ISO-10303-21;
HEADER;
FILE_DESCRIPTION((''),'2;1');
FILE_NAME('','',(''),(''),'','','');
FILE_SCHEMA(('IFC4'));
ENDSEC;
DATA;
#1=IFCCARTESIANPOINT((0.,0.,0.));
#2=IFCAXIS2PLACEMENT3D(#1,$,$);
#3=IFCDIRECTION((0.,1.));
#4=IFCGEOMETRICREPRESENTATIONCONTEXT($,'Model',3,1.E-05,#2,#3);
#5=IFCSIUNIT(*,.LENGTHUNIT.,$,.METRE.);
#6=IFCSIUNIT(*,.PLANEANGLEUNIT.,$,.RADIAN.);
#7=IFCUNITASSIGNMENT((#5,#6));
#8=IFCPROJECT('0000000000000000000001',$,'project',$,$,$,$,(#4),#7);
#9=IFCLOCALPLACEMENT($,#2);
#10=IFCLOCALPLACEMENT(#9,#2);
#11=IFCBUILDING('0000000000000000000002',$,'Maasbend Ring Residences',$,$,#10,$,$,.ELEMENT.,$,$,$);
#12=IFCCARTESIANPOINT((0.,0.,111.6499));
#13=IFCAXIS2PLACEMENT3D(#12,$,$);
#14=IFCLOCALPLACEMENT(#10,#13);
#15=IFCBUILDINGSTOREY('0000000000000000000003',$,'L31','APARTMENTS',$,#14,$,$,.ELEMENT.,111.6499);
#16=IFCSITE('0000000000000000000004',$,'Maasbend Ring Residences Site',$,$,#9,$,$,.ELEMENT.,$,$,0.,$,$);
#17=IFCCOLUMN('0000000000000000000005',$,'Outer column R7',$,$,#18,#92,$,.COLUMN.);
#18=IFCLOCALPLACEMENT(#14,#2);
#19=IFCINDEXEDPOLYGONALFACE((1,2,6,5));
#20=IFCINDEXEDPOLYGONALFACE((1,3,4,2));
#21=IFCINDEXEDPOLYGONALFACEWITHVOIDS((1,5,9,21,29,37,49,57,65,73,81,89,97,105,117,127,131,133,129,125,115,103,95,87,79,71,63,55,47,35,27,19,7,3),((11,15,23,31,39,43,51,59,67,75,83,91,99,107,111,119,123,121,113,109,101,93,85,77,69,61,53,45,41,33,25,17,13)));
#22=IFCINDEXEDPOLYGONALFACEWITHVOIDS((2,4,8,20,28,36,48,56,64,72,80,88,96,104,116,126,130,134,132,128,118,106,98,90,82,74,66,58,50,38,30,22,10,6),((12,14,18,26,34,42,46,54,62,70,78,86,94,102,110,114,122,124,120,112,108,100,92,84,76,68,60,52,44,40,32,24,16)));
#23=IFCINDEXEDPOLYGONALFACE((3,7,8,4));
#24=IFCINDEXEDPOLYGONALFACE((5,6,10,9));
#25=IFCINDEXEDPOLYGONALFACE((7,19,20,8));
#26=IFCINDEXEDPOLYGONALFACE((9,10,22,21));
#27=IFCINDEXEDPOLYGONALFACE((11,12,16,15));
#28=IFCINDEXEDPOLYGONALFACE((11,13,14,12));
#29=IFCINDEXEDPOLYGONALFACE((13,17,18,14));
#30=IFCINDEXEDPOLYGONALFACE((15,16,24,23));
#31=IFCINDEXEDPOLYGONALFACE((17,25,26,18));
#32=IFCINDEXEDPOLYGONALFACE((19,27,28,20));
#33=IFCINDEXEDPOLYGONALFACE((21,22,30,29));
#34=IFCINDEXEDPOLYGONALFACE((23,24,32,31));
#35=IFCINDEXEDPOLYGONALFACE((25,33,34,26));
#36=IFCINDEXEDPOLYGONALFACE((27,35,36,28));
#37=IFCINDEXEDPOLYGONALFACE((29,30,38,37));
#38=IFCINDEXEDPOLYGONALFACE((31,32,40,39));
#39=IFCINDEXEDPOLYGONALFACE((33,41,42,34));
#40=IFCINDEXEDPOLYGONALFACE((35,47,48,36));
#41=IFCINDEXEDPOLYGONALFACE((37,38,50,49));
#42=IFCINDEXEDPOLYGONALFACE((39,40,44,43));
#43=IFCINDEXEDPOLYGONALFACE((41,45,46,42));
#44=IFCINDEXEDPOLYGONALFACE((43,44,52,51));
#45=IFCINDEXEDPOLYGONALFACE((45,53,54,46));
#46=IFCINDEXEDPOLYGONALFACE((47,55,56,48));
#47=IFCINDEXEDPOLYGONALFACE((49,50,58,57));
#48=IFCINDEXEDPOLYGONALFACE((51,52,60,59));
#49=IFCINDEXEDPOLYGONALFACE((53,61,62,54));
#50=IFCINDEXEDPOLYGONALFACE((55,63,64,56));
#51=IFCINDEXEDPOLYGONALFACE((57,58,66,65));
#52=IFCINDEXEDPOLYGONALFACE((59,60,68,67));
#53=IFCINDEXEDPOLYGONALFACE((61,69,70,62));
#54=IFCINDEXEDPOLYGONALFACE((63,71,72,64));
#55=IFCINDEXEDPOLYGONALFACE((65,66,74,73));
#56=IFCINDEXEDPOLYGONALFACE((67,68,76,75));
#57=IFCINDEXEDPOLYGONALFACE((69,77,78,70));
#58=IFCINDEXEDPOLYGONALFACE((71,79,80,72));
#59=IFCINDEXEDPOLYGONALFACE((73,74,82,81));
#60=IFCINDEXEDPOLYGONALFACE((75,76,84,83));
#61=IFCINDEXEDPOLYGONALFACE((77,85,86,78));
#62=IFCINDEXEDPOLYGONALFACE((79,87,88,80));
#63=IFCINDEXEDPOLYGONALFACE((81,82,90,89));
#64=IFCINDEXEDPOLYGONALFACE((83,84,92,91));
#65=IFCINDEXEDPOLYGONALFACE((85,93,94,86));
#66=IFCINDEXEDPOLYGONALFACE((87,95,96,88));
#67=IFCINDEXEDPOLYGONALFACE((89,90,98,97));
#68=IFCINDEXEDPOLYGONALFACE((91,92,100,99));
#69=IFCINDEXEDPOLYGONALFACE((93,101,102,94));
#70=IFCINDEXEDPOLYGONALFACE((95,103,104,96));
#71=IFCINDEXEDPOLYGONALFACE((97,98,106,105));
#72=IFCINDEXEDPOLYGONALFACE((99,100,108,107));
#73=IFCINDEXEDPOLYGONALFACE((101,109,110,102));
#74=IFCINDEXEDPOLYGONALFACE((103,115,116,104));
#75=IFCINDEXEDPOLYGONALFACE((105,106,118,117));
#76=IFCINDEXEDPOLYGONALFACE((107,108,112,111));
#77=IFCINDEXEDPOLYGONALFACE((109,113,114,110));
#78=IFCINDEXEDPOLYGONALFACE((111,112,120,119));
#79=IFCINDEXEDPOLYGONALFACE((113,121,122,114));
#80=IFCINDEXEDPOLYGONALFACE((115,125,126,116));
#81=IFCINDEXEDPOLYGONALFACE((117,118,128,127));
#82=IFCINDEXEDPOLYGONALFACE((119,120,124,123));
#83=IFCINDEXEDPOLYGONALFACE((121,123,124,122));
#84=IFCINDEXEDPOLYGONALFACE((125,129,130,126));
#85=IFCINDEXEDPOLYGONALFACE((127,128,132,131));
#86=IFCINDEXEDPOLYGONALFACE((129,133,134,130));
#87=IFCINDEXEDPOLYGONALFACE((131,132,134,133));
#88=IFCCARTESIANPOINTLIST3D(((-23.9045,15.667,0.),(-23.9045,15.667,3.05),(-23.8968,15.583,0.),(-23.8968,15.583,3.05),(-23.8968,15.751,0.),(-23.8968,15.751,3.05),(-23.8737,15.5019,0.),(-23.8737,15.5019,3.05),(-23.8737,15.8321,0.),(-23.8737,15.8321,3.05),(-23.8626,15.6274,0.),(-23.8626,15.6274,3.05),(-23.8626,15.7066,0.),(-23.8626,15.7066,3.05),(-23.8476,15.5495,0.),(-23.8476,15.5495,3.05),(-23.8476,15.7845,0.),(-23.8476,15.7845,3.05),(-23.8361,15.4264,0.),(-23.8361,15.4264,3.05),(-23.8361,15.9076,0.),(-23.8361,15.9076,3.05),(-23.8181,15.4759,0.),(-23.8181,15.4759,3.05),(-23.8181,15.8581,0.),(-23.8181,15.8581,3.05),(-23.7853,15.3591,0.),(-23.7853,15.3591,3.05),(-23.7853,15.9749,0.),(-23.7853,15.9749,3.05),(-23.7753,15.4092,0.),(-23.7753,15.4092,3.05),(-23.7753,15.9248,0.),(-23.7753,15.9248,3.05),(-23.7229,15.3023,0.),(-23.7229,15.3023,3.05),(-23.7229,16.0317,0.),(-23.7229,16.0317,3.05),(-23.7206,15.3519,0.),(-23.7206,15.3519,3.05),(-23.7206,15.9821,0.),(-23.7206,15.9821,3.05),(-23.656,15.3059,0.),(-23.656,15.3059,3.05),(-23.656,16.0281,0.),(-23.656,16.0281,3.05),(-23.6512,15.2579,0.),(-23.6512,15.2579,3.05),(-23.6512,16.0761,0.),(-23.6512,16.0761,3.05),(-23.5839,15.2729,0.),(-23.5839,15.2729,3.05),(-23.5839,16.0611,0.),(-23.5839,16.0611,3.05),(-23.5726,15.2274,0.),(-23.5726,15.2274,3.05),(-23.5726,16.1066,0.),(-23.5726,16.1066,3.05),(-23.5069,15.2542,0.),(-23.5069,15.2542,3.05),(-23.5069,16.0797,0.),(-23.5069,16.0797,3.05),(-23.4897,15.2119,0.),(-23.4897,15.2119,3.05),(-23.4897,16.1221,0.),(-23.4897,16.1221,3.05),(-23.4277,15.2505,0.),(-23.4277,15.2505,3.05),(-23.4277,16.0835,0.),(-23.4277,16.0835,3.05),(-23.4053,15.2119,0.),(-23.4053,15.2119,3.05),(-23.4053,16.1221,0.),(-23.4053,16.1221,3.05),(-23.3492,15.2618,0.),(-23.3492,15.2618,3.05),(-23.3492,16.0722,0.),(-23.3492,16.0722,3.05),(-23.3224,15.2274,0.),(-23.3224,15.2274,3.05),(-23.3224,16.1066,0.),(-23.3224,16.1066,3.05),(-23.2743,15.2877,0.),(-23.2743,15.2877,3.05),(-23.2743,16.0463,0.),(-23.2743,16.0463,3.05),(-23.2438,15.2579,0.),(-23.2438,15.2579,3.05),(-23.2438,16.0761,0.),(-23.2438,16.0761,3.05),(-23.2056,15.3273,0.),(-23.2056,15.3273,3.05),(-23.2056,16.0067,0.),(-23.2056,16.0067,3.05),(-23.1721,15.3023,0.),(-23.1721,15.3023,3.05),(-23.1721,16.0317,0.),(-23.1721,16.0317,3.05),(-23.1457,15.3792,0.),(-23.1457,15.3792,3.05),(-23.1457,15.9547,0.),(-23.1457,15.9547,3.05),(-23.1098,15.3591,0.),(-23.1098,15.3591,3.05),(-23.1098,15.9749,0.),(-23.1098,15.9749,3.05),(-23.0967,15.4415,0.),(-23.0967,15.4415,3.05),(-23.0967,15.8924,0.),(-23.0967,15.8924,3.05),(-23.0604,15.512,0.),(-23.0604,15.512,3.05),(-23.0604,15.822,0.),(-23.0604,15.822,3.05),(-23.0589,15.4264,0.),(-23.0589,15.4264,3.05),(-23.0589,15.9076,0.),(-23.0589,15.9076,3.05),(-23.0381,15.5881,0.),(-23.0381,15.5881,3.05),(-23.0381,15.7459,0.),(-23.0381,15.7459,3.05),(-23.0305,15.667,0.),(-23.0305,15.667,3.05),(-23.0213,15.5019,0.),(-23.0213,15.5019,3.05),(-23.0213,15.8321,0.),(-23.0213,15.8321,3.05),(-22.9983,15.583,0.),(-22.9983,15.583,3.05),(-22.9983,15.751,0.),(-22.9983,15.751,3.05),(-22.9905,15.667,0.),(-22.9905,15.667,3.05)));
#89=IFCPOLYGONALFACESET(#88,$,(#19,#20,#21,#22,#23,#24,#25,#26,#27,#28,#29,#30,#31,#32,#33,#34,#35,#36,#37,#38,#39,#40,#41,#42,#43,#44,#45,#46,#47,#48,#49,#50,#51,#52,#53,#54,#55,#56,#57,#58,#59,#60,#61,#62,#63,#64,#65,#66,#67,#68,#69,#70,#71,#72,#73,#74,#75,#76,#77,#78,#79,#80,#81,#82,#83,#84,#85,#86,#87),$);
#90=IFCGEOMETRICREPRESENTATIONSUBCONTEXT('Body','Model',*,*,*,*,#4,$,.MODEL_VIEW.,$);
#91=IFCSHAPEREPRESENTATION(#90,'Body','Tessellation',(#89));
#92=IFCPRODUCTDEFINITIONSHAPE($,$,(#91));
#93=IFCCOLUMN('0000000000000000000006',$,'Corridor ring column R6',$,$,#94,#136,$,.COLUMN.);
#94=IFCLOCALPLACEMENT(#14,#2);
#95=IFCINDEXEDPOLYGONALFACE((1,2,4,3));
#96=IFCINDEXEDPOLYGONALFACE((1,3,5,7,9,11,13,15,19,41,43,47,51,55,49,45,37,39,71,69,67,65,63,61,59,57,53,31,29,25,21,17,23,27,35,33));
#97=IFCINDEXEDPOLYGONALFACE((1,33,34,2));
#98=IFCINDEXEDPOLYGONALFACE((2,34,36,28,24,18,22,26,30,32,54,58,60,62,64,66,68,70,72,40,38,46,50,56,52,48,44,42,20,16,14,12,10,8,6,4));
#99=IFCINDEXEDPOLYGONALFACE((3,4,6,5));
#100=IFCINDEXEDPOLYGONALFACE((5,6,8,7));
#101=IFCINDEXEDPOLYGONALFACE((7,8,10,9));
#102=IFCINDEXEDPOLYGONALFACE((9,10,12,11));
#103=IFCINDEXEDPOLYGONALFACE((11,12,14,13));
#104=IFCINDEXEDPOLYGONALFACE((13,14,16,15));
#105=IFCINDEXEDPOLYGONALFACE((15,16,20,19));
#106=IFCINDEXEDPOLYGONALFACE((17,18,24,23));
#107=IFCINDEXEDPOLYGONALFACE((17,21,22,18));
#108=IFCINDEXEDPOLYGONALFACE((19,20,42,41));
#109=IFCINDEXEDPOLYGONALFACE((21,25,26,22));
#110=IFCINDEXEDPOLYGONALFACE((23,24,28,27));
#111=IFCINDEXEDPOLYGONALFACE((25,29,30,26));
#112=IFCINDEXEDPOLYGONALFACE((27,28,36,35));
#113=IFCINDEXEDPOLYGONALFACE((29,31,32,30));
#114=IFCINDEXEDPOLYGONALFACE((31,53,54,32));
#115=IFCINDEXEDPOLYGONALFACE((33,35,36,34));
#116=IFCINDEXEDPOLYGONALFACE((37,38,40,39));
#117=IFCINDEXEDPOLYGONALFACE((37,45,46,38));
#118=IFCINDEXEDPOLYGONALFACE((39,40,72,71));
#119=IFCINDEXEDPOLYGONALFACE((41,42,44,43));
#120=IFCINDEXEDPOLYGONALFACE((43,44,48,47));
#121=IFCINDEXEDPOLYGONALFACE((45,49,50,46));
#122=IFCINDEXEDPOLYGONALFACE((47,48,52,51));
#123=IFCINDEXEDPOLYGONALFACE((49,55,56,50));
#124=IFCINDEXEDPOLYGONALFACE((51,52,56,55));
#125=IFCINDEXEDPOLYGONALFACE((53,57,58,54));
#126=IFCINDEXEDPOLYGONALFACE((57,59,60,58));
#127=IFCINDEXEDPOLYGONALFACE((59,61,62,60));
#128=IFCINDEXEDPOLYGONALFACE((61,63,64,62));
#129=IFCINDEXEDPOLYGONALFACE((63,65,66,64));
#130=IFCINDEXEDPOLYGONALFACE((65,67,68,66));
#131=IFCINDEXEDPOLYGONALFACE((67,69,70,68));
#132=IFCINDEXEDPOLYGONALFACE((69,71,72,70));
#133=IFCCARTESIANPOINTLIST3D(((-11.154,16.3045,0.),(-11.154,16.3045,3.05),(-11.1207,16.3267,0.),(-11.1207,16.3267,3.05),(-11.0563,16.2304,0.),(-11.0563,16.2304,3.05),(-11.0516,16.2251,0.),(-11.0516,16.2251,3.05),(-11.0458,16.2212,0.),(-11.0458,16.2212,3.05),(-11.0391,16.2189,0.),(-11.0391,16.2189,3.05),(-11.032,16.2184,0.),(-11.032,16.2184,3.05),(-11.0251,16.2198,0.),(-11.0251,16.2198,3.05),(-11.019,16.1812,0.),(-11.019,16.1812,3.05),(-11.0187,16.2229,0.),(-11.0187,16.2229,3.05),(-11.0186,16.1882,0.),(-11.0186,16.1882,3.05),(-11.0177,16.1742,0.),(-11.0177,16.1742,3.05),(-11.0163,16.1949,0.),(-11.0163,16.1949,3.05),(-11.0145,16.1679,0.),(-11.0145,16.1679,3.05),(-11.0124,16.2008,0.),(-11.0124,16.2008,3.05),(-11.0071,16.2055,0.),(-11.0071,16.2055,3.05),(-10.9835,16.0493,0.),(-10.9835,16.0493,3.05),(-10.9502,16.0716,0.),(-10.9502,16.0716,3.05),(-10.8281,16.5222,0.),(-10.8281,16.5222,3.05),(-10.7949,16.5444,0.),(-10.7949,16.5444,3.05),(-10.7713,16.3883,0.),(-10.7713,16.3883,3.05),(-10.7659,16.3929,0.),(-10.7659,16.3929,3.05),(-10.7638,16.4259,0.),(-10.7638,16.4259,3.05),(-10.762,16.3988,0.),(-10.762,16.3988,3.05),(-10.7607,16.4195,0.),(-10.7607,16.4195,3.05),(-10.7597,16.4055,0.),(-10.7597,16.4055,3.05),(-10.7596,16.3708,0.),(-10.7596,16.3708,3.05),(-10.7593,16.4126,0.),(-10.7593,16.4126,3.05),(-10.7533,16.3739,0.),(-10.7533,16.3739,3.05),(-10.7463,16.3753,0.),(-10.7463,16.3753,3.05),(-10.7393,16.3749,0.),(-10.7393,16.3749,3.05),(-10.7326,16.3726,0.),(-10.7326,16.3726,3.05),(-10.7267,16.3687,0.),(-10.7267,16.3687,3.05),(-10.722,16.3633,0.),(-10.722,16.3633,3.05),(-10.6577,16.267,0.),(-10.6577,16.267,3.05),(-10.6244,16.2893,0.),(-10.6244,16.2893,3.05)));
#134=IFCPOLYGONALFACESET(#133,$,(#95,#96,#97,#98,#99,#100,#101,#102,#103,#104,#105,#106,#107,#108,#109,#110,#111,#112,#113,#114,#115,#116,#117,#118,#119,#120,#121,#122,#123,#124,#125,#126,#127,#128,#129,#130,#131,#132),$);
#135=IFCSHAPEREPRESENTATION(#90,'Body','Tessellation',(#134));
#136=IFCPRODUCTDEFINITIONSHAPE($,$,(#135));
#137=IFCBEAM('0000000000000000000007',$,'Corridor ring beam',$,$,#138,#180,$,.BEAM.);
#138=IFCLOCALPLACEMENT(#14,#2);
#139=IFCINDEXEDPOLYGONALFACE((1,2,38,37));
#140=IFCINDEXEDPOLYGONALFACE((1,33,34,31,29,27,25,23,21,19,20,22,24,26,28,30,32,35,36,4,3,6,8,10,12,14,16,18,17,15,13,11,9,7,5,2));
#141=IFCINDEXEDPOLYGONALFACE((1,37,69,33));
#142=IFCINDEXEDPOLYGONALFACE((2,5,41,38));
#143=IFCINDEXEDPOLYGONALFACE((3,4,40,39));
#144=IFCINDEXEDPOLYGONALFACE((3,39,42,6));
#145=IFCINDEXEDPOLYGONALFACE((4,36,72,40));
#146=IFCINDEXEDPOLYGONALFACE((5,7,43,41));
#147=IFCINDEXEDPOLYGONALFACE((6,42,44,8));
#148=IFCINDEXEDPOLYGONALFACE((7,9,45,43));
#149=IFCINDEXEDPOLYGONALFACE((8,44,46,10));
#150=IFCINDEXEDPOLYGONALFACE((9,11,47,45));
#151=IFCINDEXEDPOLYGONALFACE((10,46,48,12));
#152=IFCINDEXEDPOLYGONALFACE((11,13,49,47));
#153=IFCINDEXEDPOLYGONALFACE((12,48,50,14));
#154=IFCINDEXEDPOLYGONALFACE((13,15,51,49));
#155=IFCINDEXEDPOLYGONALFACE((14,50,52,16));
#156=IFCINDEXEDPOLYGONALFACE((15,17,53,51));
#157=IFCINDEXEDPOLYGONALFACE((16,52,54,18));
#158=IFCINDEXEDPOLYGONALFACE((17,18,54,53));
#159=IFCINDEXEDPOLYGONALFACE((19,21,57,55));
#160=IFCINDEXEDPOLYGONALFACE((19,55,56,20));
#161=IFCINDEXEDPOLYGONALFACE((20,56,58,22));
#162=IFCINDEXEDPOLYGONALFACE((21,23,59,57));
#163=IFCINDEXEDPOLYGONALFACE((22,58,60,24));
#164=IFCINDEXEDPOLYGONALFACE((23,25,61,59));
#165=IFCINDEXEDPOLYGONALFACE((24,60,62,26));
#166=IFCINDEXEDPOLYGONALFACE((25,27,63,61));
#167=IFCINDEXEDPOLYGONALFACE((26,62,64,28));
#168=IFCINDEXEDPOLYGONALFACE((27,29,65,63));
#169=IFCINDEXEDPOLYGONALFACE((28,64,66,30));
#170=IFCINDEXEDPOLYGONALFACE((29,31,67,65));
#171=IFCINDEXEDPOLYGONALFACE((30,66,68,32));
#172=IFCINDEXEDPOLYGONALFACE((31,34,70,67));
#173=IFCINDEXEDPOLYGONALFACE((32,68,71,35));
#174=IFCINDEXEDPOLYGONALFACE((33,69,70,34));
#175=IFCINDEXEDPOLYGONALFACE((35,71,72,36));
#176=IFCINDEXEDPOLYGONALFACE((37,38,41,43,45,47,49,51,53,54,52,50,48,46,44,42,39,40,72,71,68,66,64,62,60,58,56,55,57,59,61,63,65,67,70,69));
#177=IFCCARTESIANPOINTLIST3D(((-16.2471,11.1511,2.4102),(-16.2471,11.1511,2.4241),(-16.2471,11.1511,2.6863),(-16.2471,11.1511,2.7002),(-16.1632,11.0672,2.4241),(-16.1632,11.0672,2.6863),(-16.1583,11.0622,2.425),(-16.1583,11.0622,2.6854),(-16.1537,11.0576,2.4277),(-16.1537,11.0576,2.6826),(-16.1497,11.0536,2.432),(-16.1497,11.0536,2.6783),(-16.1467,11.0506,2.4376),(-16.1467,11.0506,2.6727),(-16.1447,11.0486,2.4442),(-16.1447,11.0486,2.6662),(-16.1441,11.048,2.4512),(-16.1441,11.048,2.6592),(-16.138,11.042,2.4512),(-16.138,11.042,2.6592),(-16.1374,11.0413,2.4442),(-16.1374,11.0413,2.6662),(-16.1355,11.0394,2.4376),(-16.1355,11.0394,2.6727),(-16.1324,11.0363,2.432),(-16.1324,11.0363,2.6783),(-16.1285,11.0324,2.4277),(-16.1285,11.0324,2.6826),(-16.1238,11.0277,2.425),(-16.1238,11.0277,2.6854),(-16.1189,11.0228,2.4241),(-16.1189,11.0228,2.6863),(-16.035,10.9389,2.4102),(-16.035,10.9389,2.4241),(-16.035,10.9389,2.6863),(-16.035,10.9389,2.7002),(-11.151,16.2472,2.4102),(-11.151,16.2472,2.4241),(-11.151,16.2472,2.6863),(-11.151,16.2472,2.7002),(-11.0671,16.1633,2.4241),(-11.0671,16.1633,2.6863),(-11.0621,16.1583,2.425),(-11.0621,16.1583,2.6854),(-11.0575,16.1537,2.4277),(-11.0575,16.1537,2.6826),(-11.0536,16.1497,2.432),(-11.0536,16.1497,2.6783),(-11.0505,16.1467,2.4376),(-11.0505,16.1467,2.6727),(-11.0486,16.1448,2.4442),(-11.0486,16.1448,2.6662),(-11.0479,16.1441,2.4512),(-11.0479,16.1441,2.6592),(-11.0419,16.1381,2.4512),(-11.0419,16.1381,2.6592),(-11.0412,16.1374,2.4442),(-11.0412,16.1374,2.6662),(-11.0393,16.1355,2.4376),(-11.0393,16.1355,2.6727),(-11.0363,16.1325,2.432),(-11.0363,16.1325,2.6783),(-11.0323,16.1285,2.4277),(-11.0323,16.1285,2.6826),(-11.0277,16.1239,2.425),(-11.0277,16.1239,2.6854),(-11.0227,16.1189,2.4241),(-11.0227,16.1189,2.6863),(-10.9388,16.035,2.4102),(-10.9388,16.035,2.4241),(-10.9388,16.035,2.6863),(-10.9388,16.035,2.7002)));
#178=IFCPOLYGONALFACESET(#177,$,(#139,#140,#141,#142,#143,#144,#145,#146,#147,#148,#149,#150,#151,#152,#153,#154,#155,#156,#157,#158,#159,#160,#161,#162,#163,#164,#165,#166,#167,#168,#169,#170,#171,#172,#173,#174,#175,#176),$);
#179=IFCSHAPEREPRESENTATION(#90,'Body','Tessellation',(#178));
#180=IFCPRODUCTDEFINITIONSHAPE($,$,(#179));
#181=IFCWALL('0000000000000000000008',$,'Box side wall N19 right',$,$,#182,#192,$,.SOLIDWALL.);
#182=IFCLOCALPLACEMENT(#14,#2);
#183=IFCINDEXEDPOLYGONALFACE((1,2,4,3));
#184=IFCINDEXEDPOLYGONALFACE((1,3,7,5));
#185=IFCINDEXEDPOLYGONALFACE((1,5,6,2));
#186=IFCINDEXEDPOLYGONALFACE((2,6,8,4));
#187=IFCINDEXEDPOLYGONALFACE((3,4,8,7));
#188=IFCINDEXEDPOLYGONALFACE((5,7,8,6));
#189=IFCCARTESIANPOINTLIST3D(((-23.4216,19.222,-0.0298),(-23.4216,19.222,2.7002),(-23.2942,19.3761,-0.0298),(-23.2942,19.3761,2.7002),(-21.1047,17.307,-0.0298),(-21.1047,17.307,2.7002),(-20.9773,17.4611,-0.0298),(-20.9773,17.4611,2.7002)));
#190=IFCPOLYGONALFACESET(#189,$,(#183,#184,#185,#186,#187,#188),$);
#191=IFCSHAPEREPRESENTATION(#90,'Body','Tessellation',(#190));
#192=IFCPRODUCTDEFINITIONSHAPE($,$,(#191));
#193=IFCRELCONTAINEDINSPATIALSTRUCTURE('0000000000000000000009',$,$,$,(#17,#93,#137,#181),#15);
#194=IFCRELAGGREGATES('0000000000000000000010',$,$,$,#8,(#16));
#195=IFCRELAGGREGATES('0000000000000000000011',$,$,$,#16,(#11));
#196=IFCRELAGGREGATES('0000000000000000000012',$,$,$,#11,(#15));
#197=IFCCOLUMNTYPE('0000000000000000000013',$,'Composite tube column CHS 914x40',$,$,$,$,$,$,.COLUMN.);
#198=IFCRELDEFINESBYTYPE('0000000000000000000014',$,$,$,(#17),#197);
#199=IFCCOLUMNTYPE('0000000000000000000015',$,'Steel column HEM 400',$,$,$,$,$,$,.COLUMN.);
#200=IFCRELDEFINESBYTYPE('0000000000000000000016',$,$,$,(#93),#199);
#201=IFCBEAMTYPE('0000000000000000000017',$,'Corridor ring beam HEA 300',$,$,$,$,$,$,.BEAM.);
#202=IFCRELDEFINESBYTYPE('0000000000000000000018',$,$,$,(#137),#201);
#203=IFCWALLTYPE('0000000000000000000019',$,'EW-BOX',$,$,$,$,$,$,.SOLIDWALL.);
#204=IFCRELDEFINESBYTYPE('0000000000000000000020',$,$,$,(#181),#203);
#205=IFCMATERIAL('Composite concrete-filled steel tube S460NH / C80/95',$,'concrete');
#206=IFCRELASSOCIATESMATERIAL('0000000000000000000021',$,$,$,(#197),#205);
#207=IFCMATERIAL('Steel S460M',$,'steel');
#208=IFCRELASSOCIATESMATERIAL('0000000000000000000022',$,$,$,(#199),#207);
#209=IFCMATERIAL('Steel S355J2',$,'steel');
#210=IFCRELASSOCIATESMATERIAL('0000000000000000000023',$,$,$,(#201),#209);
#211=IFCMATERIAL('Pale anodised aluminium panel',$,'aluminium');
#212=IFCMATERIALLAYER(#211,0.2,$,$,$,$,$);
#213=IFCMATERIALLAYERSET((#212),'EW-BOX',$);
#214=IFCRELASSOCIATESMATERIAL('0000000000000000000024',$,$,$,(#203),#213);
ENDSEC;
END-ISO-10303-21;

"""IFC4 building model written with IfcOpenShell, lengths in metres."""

from ifc_helpers import new_model, si_unit, direction, frame, frame_2d, origin, origin_2d, place, context, subcontext, project, spatial, rectangle, hollow_circle, i_section, extrude, material, layer, layer_set, material_profile, profile_set, type_object, element, save


model = new_model("IFC4")

# Units and contexts
model_context = context("Model", 3, precision=1e-05, world=origin(), true_north=direction((0.0, 1.0)))
body_context = subcontext(model_context, "Body", "Model", "MODEL_VIEW")
ifc_project = project(units=[si_unit("LENGTHUNIT", "METRE"), si_unit("PLANEANGLEUNIT", "RADIAN")], contexts=[model_context])

# Site, building, storey
site_placement = place(None, origin())
site = spatial("IfcSite", under=ifc_project, at=site_placement, Name="Maasbend Ring Residences Site", CompositionType="ELEMENT", RefElevation=0.0)
building_placement = place(site_placement, origin())
building = spatial("IfcBuilding", under=site, at=building_placement, Name="Maasbend Ring Residences", CompositionType="ELEMENT")
storey_placement = place(building_placement, frame((0.0, 0.0, 111.6499)))
storey = spatial("IfcBuildingStorey", under=building, at=storey_placement, Name="L31", Description="APARTMENTS", CompositionType="ELEMENT", Elevation=111.6499)

# Columns
ifc_material_1 = material(Name="Composite concrete-filled steel tube S460NH / C80/95", Category="concrete")
ifc_material_profile_1 = material_profile(ifc_material_1, hollow_circle(Radius=0.457, WallThickness=0.04, at=origin_2d()), Name="Composite tube column CHS 914x40")
ifc_profile_set_1 = profile_set([ifc_material_profile_1], Name="Composite concrete-filled steel tube S460NH / C80/95")
column_type_1 = type_object("IfcColumnType", Name="Composite tube column CHS 914x40", PredefinedType="COLUMN", material=ifc_profile_set_1)
column_1_placement = place(storey_placement, frame((-23.4475, 15.667, 0.0), z_axis=(0.0, 0.0, 1.0), x_axis=(1.0, 0.0, 0.0)))
element("IfcColumn", 1, at=column_1_placement, inside=storey, type_object=column_type_1, Name="Outer column R7", PredefinedType="COLUMN", context=body_context, shape_type="SweptSolid", body=[
    extrude(hollow_circle(Radius=0.457, WallThickness=0.04, at=origin_2d()), origin(), (0.0, 0.0, 1.0), 3.05),
])
ifc_material_2 = material(Name="Steel S460M", Category="steel")
ifc_material_profile_2 = material_profile(ifc_material_2, i_section(OverallWidth=0.3069, OverallDepth=0.4319, WebThickness=0.021, FlangeThickness=0.04, FilletRadius=0.0271, at=origin_2d()), Name="HEM 400")
ifc_profile_set_2 = profile_set([ifc_material_profile_2], Name="Steel S460M")
column_type_2 = type_object("IfcColumnType", Name="Steel column HEM 400", PredefinedType="COLUMN", material=ifc_profile_set_2)
column_2_placement = place(storey_placement, frame((-10.8892, 16.2969, 0.0), z_axis=(0.0, 0.0, 1.0), x_axis=(-0.55557, 0.83147, 0.0)))
element("IfcColumn", 2, at=column_2_placement, inside=storey, type_object=column_type_2, Name="Corridor ring column R6", PredefinedType="COLUMN", context=body_context, shape_type="SweptSolid", body=[
    extrude(i_section(OverallWidth=0.3069, OverallDepth=0.4319, WebThickness=0.021, FlangeThickness=0.04, FilletRadius=0.0271, at=origin_2d()), origin(), (0.0, 0.0, 1.0), 3.05),
])

# Beam
ifc_material_3 = material(Name="Steel S355J2", Category="steel")
ifc_material_profile_3 = material_profile(ifc_material_3, i_section(OverallWidth=0.3, OverallDepth=0.29, WebThickness=0.0085, FlangeThickness=0.0139, FilletRadius=0.0271, at=origin_2d()), Name="HEA 300")
ifc_profile_set_3 = profile_set([ifc_material_profile_3], Name="Steel S355J2")
beam_type = type_object("IfcBeamType", Name="Corridor ring beam HEA 300", PredefinedType="BEAM", material=ifc_profile_set_3)
beam_placement = place(storey_placement, frame((-11.0449, 16.1411, 2.5552), z_axis=(-0.707107, -0.707107, 0.0), x_axis=(0.707107, -0.707107, 0.0)))
element("IfcBeam", 3, at=beam_placement, inside=storey, type_object=beam_type, Name="Corridor ring beam", PredefinedType="BEAM", context=body_context, shape_type="SweptSolid", body=[
    extrude(i_section(OverallWidth=0.3, OverallDepth=0.29, WebThickness=0.0085, FlangeThickness=0.0139, FilletRadius=0.0271, at=origin_2d()), origin(), (0.0, 0.0, 1.0), 7.207),
])

# Wall
ifc_material_4 = material(Name="Pale anodised aluminium panel", Category="aluminium")
ifc_layer_1 = layer(ifc_material_4, 0.2)
ifc_layer_set_1 = layer_set([ifc_layer_1], Name="EW-BOX")
wall_type_1 = type_object("IfcWallType", Name="EW-BOX", PredefinedType="SOLIDWALL", material=ifc_layer_set_1)
wall_1_placement = place(storey_placement, frame((-21.041, 17.384, -0.0298), z_axis=(0.0, 0.0, 1.0), x_axis=(-0.770785, 0.637096, 0.0)))
element("IfcWall", 4, at=wall_1_placement, inside=storey, type_object=wall_type_1, Name="Box side wall N19 right", PredefinedType="SOLIDWALL", context=body_context, shape_type="SweptSolid", body=[
    extrude(rectangle(XDim=3.0059, YDim=0.2, at=frame_2d((1.5029, 0.0))), origin(), (0.0, 0.0, 1.0), 2.73),
])

save(model, "model.ifc")
